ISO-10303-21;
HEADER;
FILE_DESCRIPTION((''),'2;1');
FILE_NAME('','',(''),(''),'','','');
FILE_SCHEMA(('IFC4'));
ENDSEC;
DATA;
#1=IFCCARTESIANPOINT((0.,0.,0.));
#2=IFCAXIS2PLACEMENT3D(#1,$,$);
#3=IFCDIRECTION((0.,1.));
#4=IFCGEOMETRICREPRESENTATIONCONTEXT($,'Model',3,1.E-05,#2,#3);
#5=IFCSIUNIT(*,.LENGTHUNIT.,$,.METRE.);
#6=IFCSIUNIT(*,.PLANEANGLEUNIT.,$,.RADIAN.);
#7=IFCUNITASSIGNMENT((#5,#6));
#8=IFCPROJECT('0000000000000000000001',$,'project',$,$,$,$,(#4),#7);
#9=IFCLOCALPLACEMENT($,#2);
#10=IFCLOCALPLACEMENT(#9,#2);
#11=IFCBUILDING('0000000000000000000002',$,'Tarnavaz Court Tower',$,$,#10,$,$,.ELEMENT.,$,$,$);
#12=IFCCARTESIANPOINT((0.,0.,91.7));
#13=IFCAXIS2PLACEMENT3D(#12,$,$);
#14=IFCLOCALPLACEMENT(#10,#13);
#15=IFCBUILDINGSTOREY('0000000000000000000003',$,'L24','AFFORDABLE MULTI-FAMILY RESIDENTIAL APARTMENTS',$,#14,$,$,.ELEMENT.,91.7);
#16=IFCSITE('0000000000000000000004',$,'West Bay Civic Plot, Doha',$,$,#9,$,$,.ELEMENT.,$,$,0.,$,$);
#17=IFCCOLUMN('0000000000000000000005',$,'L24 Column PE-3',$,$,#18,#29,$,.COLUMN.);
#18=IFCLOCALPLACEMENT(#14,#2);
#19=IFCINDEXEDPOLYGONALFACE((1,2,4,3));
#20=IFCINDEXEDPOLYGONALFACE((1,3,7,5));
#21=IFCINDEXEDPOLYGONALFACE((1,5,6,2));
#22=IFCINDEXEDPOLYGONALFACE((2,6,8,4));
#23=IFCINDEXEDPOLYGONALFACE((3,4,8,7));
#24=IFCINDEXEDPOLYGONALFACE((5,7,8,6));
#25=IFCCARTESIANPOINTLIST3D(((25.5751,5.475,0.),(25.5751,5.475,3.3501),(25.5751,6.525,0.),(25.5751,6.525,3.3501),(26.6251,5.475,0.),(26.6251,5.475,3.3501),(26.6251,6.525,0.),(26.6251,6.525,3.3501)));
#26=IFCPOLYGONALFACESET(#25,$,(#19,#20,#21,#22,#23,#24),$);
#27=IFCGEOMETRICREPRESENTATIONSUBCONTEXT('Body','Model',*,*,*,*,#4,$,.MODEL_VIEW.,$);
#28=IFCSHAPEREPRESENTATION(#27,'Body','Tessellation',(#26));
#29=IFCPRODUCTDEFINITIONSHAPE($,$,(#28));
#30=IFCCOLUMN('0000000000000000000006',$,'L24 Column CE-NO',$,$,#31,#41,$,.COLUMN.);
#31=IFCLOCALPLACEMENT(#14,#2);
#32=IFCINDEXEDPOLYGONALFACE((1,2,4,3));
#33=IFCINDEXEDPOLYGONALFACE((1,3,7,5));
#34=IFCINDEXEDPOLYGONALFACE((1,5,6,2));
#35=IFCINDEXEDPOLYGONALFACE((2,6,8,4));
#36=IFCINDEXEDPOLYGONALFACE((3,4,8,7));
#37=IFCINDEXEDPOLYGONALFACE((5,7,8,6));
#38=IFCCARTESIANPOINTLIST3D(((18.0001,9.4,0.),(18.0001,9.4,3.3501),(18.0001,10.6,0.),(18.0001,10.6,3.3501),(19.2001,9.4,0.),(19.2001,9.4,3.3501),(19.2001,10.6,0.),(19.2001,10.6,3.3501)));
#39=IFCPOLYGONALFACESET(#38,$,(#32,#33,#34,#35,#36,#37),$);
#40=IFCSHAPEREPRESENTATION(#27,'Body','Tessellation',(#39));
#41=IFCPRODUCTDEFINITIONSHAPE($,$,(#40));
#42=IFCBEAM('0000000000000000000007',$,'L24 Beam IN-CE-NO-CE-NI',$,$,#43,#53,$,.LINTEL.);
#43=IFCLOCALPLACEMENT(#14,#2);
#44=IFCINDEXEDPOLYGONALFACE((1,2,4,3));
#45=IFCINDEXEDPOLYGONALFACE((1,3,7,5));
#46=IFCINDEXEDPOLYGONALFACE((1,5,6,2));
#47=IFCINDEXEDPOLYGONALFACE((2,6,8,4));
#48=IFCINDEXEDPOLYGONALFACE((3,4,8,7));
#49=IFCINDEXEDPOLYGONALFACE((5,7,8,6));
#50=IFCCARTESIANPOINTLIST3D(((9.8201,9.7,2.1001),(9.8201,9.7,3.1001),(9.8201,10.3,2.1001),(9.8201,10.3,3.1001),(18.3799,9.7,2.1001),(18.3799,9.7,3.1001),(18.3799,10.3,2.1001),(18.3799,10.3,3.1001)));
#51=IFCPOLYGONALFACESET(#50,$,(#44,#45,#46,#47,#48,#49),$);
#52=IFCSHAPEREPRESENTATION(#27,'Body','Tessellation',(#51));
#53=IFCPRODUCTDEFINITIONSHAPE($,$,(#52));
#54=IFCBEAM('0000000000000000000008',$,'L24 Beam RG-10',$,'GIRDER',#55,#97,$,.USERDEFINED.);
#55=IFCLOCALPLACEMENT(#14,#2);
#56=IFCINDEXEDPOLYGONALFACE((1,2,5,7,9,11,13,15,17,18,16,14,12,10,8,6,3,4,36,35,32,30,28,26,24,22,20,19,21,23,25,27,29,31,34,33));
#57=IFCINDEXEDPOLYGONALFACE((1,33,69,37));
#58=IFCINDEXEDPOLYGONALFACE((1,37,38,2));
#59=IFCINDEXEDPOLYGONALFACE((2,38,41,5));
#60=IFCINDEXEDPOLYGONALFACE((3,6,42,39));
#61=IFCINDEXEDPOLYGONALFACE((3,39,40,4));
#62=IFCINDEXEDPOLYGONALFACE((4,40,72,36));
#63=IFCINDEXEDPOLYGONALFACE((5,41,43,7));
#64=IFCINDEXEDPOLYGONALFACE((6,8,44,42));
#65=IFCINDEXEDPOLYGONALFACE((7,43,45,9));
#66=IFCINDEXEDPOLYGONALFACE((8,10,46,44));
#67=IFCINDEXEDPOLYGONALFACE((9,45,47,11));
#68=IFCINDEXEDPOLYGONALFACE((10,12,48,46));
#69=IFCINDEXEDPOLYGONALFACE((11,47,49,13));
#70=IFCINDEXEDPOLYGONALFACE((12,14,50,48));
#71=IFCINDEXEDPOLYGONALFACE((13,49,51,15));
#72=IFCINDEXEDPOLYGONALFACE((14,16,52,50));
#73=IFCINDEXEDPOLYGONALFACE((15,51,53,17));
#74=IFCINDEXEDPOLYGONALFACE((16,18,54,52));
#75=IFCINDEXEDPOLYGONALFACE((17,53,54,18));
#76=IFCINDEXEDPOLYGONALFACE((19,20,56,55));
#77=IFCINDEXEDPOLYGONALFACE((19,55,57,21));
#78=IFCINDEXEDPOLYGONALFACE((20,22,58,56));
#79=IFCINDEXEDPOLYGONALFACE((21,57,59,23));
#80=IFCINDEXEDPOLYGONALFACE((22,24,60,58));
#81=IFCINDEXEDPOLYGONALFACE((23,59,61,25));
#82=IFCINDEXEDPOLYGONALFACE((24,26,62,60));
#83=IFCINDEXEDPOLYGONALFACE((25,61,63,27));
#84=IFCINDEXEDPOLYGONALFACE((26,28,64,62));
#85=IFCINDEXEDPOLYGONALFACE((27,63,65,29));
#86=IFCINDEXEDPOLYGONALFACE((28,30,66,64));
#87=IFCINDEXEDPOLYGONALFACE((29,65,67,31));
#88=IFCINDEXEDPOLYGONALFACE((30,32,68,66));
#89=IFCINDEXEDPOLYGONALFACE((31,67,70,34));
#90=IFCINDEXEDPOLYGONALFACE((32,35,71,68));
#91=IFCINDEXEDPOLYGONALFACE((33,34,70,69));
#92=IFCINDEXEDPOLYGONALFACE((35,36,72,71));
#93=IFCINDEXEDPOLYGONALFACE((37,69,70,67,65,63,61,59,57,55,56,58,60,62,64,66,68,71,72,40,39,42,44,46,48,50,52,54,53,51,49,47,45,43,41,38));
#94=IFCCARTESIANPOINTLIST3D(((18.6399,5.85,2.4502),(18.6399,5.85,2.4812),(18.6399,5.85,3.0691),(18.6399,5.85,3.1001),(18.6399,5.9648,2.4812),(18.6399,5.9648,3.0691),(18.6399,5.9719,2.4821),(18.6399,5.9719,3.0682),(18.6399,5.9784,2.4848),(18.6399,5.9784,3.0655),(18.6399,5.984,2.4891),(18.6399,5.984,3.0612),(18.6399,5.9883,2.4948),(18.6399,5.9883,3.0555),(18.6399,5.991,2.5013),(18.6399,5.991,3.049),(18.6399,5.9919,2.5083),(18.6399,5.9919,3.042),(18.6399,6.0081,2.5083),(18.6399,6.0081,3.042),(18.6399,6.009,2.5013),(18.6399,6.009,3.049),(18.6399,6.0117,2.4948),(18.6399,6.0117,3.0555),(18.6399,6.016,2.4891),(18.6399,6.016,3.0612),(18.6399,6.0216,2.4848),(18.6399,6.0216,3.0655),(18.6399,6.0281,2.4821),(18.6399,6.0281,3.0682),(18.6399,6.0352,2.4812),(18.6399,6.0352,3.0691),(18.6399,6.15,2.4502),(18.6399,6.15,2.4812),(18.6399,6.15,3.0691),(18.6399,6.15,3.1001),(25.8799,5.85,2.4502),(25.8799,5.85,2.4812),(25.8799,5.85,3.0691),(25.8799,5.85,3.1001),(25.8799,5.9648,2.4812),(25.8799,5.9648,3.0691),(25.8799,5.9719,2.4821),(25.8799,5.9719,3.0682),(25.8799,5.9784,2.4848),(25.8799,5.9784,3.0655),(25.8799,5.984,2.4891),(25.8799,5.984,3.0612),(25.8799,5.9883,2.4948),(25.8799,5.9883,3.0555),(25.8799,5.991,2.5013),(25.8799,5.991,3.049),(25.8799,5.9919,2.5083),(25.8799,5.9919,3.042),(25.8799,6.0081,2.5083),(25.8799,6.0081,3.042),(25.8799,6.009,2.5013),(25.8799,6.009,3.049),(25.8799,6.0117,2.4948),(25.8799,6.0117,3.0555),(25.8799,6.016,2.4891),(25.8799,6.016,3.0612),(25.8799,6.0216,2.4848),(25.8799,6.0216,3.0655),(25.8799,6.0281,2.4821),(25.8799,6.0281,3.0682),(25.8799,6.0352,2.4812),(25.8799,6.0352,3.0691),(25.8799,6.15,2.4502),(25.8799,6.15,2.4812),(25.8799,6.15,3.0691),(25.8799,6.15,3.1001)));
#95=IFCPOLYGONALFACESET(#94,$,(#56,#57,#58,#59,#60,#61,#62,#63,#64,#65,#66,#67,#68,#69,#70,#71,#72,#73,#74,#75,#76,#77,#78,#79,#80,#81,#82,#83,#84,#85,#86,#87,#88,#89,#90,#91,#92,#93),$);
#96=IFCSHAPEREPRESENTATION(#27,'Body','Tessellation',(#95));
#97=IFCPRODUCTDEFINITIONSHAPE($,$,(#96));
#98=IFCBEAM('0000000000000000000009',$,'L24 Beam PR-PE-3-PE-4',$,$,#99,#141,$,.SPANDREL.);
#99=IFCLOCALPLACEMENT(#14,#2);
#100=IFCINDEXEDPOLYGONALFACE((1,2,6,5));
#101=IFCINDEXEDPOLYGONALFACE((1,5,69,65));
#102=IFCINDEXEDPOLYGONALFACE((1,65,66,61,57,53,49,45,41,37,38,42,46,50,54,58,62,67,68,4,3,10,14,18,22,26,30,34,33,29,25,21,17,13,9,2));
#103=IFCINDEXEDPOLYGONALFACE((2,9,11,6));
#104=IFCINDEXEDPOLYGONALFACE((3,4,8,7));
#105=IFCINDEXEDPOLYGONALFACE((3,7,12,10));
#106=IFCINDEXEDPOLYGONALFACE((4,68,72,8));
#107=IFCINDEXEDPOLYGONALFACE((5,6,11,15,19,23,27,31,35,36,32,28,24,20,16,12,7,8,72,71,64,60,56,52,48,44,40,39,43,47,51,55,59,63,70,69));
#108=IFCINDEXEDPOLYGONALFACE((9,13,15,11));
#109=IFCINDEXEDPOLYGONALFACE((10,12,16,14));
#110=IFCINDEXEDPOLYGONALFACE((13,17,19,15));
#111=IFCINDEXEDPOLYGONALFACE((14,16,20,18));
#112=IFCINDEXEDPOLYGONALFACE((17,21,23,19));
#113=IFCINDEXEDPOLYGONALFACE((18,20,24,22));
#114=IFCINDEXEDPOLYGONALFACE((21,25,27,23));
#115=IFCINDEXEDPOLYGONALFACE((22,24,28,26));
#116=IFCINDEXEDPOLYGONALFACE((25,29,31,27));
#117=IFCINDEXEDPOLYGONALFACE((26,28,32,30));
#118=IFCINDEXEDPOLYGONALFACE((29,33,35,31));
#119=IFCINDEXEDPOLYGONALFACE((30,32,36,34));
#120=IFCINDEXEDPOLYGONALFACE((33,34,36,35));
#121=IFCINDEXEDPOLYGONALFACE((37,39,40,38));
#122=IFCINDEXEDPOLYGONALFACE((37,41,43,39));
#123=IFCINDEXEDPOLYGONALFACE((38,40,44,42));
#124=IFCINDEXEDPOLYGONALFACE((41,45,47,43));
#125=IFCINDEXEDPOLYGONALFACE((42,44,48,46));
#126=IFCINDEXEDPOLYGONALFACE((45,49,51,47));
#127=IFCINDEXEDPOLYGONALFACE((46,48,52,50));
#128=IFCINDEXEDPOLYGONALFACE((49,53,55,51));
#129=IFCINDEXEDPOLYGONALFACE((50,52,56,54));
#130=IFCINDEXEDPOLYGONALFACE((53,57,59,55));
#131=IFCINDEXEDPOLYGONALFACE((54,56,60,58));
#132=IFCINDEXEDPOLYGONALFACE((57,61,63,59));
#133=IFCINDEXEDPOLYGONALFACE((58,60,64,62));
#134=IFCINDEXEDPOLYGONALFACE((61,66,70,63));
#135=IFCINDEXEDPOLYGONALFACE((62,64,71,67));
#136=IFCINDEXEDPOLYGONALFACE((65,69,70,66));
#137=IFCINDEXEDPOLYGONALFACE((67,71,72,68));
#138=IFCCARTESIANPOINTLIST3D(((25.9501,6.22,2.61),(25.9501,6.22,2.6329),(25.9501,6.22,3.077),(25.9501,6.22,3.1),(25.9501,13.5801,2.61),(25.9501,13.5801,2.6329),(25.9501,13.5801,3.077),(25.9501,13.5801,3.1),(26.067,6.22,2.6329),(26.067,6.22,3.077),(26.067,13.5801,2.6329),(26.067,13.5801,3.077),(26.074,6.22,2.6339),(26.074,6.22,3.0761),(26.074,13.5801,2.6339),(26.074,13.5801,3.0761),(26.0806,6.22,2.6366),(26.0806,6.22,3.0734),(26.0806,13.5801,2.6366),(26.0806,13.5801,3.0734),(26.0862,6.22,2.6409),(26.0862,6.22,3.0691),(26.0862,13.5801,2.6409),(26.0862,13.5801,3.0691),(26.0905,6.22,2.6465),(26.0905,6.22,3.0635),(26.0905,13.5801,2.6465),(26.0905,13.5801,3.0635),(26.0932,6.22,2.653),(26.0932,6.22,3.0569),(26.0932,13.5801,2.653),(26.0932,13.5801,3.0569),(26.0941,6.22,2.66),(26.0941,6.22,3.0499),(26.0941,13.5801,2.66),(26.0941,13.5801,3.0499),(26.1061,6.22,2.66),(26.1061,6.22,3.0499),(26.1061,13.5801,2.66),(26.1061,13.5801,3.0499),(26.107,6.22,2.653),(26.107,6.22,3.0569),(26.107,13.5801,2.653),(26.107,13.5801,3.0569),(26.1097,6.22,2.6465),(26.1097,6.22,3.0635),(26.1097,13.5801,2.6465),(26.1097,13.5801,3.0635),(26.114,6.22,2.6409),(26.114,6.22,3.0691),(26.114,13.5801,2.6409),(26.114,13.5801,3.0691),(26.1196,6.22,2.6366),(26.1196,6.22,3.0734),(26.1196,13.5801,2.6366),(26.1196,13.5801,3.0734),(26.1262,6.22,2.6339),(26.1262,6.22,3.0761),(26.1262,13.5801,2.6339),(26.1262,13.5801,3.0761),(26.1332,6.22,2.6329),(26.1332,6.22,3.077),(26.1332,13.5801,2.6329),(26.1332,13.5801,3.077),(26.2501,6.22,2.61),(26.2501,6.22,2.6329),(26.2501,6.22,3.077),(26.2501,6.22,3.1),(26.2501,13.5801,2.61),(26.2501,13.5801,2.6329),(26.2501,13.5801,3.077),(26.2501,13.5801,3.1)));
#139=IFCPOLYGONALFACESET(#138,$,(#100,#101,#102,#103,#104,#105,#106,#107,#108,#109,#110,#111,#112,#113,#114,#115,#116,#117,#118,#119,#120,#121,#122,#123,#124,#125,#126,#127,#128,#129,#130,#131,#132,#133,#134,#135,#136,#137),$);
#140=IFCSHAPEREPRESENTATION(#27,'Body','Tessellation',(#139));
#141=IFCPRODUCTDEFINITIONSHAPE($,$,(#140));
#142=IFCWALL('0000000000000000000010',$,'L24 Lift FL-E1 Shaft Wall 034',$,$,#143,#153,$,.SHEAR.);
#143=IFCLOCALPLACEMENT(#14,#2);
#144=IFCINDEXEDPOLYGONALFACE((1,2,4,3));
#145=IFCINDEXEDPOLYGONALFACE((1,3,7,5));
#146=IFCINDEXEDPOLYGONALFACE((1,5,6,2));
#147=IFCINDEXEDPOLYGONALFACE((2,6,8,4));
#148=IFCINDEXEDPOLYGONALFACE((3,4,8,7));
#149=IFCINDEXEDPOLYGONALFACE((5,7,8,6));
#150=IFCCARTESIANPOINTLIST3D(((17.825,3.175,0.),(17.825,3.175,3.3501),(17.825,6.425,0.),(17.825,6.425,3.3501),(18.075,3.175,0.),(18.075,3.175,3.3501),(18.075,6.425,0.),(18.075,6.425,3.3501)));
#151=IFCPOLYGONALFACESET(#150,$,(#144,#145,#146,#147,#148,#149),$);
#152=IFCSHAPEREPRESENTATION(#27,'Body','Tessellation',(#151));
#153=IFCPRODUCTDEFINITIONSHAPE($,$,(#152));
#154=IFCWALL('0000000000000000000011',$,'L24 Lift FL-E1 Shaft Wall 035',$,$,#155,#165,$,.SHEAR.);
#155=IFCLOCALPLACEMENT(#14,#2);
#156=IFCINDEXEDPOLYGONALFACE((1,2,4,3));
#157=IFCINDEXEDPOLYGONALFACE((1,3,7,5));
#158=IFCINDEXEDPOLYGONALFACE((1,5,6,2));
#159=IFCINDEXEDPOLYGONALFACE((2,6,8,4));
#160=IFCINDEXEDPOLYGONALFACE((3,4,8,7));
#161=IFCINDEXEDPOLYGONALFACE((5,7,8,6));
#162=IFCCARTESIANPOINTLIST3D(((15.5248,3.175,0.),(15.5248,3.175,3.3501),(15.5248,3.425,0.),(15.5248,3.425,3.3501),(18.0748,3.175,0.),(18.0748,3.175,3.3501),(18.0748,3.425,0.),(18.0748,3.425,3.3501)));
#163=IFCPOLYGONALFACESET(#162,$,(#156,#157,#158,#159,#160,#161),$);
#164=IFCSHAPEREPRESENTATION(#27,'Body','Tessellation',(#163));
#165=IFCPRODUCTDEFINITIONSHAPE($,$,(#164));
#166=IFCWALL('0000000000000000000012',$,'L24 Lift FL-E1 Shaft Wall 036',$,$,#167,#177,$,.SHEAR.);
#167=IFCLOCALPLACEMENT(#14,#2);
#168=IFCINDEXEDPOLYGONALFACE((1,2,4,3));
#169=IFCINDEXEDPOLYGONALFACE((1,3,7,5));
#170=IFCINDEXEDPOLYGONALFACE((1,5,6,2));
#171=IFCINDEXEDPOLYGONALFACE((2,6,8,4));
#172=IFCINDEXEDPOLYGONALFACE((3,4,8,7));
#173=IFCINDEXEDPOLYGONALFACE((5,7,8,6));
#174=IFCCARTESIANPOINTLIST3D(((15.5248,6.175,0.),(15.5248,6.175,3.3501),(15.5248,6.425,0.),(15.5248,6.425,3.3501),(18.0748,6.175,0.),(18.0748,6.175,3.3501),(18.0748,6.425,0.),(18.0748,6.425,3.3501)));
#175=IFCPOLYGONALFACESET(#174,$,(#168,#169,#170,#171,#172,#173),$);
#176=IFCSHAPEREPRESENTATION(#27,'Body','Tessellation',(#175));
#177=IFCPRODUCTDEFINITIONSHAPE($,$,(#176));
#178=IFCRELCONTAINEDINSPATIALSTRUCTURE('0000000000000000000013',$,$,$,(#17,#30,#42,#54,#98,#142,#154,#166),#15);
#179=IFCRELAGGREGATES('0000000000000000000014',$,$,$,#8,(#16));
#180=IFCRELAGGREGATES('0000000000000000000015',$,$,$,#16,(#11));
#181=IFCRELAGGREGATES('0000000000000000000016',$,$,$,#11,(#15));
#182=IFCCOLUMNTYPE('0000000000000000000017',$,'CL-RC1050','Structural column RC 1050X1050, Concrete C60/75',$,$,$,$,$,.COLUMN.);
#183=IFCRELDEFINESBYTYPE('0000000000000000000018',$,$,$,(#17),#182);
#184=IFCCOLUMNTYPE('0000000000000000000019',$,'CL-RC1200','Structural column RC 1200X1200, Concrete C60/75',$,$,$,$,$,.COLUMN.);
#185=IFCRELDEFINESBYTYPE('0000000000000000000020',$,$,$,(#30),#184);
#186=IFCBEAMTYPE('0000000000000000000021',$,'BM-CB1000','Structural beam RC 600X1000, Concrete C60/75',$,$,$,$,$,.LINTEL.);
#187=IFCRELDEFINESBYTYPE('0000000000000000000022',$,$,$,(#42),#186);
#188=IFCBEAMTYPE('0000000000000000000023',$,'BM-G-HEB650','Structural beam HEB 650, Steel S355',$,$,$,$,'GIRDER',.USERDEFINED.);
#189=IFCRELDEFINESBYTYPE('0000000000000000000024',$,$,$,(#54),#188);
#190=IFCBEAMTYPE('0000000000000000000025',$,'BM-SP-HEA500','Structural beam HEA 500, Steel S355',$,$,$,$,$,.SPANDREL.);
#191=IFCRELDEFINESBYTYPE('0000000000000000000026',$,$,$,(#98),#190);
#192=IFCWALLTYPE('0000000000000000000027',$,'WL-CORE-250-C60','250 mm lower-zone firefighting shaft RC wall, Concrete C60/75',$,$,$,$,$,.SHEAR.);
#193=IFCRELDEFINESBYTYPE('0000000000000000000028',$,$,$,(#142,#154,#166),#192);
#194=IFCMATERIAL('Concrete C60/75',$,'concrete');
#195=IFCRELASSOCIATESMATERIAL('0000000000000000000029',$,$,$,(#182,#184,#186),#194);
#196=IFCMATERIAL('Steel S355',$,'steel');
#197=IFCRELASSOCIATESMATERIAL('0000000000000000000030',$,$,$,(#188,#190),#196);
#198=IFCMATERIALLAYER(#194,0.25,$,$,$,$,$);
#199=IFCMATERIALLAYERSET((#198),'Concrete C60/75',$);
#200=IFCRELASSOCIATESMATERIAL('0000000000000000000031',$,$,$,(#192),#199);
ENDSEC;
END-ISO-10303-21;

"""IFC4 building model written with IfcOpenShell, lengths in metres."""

from ifc_helpers import new_model, si_unit, direction, frame, frame_2d, origin, origin_2d, place, context, subcontext, project, spatial, rectangle, i_section, extrude, material, layer, layer_set, material_profile, profile_set, type_object, element, save


model = new_model("IFC4")

# Units and contexts
model_context = context("Model", 3, precision=1e-05, world=origin(), true_north=direction((0.0, 1.0)))
body_context = subcontext(model_context, "Body", "Model", "MODEL_VIEW")
ifc_project = project(units=[si_unit("LENGTHUNIT", "METRE"), si_unit("PLANEANGLEUNIT", "RADIAN")], contexts=[model_context])

# Site, building, storey
site_placement = place(None, origin())
site = spatial("IfcSite", under=ifc_project, at=site_placement, Name="West Bay Civic Plot, Doha", CompositionType="ELEMENT", RefElevation=0.0)
building_placement = place(site_placement, origin())
building = spatial("IfcBuilding", under=site, at=building_placement, Name="Tarnavaz Court Tower", CompositionType="ELEMENT")
storey_placement = place(building_placement, frame((0.0, 0.0, 91.7)))
storey = spatial("IfcBuildingStorey", under=building, at=storey_placement, Name="L24", Description="AFFORDABLE MULTI-FAMILY RESIDENTIAL APARTMENTS", CompositionType="ELEMENT", Elevation=91.7)

# Columns
ifc_material_1 = material(Name="Concrete C60/75", Category="concrete")
ifc_material_profile_1 = material_profile(ifc_material_1, rectangle(XDim=1.05, YDim=1.05, at=origin_2d()), Name="RC 1050X1050")
ifc_profile_set_1 = profile_set([ifc_material_profile_1], Name="Concrete C60/75")
column_type_1 = type_object("IfcColumnType", Name="CL-RC1050", Description="Structural column RC 1050X1050, Concrete C60/75", PredefinedType="COLUMN", material=ifc_profile_set_1)
column_1_placement = place(storey_placement, frame((26.1001, 6.0, 0.0), z_axis=(0.0, 0.0, 1.0), x_axis=(1.0, 0.0, 0.0)))
element("IfcColumn", 1, at=column_1_placement, inside=storey, type_object=column_type_1, Name="L24 Column PE-3", PredefinedType="COLUMN", context=body_context, shape_type="SweptSolid", body=[
    extrude(rectangle(XDim=1.05, YDim=1.05, at=origin_2d()), origin(), (0.0, 0.0, 1.0), 3.3501),
])
ifc_material_profile_2 = material_profile(ifc_material_1, rectangle(XDim=1.2, YDim=1.2, at=origin_2d()), Name="RC 1200X1200")
ifc_profile_set_2 = profile_set([ifc_material_profile_2], Name="Concrete C60/75")
column_type_2 = type_object("IfcColumnType", Name="CL-RC1200", Description="Structural column RC 1200X1200, Concrete C60/75", PredefinedType="COLUMN", material=ifc_profile_set_2)
column_2_placement = place(storey_placement, frame((18.6001, 10.0, 0.0), z_axis=(0.0, 0.0, 1.0), x_axis=(1.0, 0.0, 0.0)))
element("IfcColumn", 2, at=column_2_placement, inside=storey, type_object=column_type_2, Name="L24 Column CE-NO", PredefinedType="COLUMN", context=body_context, shape_type="SweptSolid", body=[
    extrude(rectangle(XDim=1.2, YDim=1.2, at=origin_2d()), origin(), (0.0, 0.0, 1.0), 3.3501),
])

# Beams
ifc_material_profile_3 = material_profile(ifc_material_1, rectangle(XDim=0.6001, YDim=1.0, at=origin_2d()), Name="RC 600X1000")
ifc_profile_set_3 = profile_set([ifc_material_profile_3], Name="Concrete C60/75")
beam_type_1 = type_object("IfcBeamType", Name="BM-CB1000", Description="Structural beam RC 600X1000, Concrete C60/75", PredefinedType="LINTEL", material=ifc_profile_set_3)
beam_1_placement = place(storey_placement, frame((18.3799, 10.0, 2.6001), z_axis=(-1.0, 0.0, 0.0), x_axis=(0.0, -1.0, 0.0)))
element("IfcBeam", 3, at=beam_1_placement, inside=storey, type_object=beam_type_1, Name="L24 Beam IN-CE-NO-CE-NI", PredefinedType="LINTEL", context=body_context, shape_type="SweptSolid", body=[
    extrude(rectangle(XDim=0.6001, YDim=1.0, at=origin_2d()), origin(), (0.0, 0.0, 1.0), 8.5598),
])
ifc_material_2 = material(Name="Steel S355", Category="steel")
ifc_material_profile_4 = material_profile(ifc_material_2, i_section(OverallWidth=0.3, OverallDepth=0.6499, WebThickness=0.0161, FlangeThickness=0.031, FilletRadius=0.0271, at=origin_2d()), Name="HEB 650")
ifc_profile_set_4 = profile_set([ifc_material_profile_4], Name="Steel S355")
beam_type_2 = type_object("IfcBeamType", Name="BM-G-HEB650", Description="Structural beam HEB 650, Steel S355", ElementType="GIRDER", PredefinedType="USERDEFINED", material=ifc_profile_set_4)
beam_2_placement = place(storey_placement, frame((18.6399, 6.0, 2.7751), z_axis=(1.0, 0.0, 0.0), x_axis=(0.0, 1.0, 0.0)))
element("IfcBeam", 4, at=beam_2_placement, inside=storey, type_object=beam_type_2, Name="L24 Beam RG-10", ObjectType="GIRDER", PredefinedType="USERDEFINED", context=body_context, shape_type="SweptSolid", body=[
    extrude(i_section(OverallWidth=0.3, OverallDepth=0.6499, WebThickness=0.0161, FlangeThickness=0.031, FilletRadius=0.0271, at=origin_2d()), origin(), (0.0, 0.0, 1.0), 7.24),
])
ifc_material_profile_5 = material_profile(ifc_material_2, i_section(OverallWidth=0.3, OverallDepth=0.49, WebThickness=0.012, FlangeThickness=0.0229, FilletRadius=0.0271, at=origin_2d()), Name="HEA 500")
ifc_profile_set_5 = profile_set([ifc_material_profile_5], Name="Steel S355")
beam_type_3 = type_object("IfcBeamType", Name="BM-SP-HEA500", Description="Structural beam HEA 500, Steel S355", PredefinedType="SPANDREL", material=ifc_profile_set_5)
beam_3_placement = place(storey_placement, frame((26.1001, 6.22, 2.855), z_axis=(0.0, 1.0, 0.0), x_axis=(-1.0, 0.0, 0.0)))
element("IfcBeam", 5, at=beam_3_placement, inside=storey, type_object=beam_type_3, Name="L24 Beam PR-PE-3-PE-4", PredefinedType="SPANDREL", context=body_context, shape_type="SweptSolid", body=[
    extrude(i_section(OverallWidth=0.3, OverallDepth=0.49, WebThickness=0.012, FlangeThickness=0.0229, FilletRadius=0.0271, at=origin_2d()), origin(), (0.0, 0.0, 1.0), 7.3601),
])

# Shared definitions
ifc_layer_1 = layer(ifc_material_1, 0.25)
ifc_layer_set_1 = layer_set([ifc_layer_1], Name="Concrete C60/75")
wall_type_1 = type_object("IfcWallType", Name="WL-CORE-250-C60", Description="250 mm lower-zone firefighting shaft RC wall, Concrete C60/75", PredefinedType="SHEAR", material=ifc_layer_set_1)

# Walls
wall_1_placement = place(storey_placement, frame((17.95, 3.175, 0.0), z_axis=(0.0, 0.0, 1.0), x_axis=(0.0, 1.0, 0.0)))
element("IfcWall", 6, at=wall_1_placement, inside=storey, type_object=wall_type_1, Name="L24 Lift FL-E1 Shaft Wall 034", PredefinedType="SHEAR", context=body_context, shape_type="SweptSolid", body=[
    extrude(rectangle(XDim=3.25, YDim=0.25, at=frame_2d((1.625, 0.0))), origin(), (0.0, 0.0, 1.0), 3.3501),
])
for number, where, z_axis, x_axis, name in (
    (7, (15.5249, 3.3, 0.0), (0.0, 0.0, 1.0), (1.0, 0.0, 0.0), "L24 Lift FL-E1 Shaft Wall 035"),
    (8, (15.5249, 6.3, 0.0), (0.0, 0.0, 1.0), (1.0, 0.0, 0.0), "L24 Lift FL-E1 Shaft Wall 036"),
):
    element("IfcWall", number, at=place(storey_placement, frame(where, z_axis=z_axis, x_axis=x_axis)), inside=storey, type_object=wall_type_1, Name=name, PredefinedType="SHEAR", context=body_context, shape_type="SweptSolid", body=[
        extrude(rectangle(XDim=2.55, YDim=0.25, at=frame_2d((1.2749, 0.0))), origin(), (0.0, 0.0, 1.0), 3.3501),
    ])

save(model, "model.ifc")
